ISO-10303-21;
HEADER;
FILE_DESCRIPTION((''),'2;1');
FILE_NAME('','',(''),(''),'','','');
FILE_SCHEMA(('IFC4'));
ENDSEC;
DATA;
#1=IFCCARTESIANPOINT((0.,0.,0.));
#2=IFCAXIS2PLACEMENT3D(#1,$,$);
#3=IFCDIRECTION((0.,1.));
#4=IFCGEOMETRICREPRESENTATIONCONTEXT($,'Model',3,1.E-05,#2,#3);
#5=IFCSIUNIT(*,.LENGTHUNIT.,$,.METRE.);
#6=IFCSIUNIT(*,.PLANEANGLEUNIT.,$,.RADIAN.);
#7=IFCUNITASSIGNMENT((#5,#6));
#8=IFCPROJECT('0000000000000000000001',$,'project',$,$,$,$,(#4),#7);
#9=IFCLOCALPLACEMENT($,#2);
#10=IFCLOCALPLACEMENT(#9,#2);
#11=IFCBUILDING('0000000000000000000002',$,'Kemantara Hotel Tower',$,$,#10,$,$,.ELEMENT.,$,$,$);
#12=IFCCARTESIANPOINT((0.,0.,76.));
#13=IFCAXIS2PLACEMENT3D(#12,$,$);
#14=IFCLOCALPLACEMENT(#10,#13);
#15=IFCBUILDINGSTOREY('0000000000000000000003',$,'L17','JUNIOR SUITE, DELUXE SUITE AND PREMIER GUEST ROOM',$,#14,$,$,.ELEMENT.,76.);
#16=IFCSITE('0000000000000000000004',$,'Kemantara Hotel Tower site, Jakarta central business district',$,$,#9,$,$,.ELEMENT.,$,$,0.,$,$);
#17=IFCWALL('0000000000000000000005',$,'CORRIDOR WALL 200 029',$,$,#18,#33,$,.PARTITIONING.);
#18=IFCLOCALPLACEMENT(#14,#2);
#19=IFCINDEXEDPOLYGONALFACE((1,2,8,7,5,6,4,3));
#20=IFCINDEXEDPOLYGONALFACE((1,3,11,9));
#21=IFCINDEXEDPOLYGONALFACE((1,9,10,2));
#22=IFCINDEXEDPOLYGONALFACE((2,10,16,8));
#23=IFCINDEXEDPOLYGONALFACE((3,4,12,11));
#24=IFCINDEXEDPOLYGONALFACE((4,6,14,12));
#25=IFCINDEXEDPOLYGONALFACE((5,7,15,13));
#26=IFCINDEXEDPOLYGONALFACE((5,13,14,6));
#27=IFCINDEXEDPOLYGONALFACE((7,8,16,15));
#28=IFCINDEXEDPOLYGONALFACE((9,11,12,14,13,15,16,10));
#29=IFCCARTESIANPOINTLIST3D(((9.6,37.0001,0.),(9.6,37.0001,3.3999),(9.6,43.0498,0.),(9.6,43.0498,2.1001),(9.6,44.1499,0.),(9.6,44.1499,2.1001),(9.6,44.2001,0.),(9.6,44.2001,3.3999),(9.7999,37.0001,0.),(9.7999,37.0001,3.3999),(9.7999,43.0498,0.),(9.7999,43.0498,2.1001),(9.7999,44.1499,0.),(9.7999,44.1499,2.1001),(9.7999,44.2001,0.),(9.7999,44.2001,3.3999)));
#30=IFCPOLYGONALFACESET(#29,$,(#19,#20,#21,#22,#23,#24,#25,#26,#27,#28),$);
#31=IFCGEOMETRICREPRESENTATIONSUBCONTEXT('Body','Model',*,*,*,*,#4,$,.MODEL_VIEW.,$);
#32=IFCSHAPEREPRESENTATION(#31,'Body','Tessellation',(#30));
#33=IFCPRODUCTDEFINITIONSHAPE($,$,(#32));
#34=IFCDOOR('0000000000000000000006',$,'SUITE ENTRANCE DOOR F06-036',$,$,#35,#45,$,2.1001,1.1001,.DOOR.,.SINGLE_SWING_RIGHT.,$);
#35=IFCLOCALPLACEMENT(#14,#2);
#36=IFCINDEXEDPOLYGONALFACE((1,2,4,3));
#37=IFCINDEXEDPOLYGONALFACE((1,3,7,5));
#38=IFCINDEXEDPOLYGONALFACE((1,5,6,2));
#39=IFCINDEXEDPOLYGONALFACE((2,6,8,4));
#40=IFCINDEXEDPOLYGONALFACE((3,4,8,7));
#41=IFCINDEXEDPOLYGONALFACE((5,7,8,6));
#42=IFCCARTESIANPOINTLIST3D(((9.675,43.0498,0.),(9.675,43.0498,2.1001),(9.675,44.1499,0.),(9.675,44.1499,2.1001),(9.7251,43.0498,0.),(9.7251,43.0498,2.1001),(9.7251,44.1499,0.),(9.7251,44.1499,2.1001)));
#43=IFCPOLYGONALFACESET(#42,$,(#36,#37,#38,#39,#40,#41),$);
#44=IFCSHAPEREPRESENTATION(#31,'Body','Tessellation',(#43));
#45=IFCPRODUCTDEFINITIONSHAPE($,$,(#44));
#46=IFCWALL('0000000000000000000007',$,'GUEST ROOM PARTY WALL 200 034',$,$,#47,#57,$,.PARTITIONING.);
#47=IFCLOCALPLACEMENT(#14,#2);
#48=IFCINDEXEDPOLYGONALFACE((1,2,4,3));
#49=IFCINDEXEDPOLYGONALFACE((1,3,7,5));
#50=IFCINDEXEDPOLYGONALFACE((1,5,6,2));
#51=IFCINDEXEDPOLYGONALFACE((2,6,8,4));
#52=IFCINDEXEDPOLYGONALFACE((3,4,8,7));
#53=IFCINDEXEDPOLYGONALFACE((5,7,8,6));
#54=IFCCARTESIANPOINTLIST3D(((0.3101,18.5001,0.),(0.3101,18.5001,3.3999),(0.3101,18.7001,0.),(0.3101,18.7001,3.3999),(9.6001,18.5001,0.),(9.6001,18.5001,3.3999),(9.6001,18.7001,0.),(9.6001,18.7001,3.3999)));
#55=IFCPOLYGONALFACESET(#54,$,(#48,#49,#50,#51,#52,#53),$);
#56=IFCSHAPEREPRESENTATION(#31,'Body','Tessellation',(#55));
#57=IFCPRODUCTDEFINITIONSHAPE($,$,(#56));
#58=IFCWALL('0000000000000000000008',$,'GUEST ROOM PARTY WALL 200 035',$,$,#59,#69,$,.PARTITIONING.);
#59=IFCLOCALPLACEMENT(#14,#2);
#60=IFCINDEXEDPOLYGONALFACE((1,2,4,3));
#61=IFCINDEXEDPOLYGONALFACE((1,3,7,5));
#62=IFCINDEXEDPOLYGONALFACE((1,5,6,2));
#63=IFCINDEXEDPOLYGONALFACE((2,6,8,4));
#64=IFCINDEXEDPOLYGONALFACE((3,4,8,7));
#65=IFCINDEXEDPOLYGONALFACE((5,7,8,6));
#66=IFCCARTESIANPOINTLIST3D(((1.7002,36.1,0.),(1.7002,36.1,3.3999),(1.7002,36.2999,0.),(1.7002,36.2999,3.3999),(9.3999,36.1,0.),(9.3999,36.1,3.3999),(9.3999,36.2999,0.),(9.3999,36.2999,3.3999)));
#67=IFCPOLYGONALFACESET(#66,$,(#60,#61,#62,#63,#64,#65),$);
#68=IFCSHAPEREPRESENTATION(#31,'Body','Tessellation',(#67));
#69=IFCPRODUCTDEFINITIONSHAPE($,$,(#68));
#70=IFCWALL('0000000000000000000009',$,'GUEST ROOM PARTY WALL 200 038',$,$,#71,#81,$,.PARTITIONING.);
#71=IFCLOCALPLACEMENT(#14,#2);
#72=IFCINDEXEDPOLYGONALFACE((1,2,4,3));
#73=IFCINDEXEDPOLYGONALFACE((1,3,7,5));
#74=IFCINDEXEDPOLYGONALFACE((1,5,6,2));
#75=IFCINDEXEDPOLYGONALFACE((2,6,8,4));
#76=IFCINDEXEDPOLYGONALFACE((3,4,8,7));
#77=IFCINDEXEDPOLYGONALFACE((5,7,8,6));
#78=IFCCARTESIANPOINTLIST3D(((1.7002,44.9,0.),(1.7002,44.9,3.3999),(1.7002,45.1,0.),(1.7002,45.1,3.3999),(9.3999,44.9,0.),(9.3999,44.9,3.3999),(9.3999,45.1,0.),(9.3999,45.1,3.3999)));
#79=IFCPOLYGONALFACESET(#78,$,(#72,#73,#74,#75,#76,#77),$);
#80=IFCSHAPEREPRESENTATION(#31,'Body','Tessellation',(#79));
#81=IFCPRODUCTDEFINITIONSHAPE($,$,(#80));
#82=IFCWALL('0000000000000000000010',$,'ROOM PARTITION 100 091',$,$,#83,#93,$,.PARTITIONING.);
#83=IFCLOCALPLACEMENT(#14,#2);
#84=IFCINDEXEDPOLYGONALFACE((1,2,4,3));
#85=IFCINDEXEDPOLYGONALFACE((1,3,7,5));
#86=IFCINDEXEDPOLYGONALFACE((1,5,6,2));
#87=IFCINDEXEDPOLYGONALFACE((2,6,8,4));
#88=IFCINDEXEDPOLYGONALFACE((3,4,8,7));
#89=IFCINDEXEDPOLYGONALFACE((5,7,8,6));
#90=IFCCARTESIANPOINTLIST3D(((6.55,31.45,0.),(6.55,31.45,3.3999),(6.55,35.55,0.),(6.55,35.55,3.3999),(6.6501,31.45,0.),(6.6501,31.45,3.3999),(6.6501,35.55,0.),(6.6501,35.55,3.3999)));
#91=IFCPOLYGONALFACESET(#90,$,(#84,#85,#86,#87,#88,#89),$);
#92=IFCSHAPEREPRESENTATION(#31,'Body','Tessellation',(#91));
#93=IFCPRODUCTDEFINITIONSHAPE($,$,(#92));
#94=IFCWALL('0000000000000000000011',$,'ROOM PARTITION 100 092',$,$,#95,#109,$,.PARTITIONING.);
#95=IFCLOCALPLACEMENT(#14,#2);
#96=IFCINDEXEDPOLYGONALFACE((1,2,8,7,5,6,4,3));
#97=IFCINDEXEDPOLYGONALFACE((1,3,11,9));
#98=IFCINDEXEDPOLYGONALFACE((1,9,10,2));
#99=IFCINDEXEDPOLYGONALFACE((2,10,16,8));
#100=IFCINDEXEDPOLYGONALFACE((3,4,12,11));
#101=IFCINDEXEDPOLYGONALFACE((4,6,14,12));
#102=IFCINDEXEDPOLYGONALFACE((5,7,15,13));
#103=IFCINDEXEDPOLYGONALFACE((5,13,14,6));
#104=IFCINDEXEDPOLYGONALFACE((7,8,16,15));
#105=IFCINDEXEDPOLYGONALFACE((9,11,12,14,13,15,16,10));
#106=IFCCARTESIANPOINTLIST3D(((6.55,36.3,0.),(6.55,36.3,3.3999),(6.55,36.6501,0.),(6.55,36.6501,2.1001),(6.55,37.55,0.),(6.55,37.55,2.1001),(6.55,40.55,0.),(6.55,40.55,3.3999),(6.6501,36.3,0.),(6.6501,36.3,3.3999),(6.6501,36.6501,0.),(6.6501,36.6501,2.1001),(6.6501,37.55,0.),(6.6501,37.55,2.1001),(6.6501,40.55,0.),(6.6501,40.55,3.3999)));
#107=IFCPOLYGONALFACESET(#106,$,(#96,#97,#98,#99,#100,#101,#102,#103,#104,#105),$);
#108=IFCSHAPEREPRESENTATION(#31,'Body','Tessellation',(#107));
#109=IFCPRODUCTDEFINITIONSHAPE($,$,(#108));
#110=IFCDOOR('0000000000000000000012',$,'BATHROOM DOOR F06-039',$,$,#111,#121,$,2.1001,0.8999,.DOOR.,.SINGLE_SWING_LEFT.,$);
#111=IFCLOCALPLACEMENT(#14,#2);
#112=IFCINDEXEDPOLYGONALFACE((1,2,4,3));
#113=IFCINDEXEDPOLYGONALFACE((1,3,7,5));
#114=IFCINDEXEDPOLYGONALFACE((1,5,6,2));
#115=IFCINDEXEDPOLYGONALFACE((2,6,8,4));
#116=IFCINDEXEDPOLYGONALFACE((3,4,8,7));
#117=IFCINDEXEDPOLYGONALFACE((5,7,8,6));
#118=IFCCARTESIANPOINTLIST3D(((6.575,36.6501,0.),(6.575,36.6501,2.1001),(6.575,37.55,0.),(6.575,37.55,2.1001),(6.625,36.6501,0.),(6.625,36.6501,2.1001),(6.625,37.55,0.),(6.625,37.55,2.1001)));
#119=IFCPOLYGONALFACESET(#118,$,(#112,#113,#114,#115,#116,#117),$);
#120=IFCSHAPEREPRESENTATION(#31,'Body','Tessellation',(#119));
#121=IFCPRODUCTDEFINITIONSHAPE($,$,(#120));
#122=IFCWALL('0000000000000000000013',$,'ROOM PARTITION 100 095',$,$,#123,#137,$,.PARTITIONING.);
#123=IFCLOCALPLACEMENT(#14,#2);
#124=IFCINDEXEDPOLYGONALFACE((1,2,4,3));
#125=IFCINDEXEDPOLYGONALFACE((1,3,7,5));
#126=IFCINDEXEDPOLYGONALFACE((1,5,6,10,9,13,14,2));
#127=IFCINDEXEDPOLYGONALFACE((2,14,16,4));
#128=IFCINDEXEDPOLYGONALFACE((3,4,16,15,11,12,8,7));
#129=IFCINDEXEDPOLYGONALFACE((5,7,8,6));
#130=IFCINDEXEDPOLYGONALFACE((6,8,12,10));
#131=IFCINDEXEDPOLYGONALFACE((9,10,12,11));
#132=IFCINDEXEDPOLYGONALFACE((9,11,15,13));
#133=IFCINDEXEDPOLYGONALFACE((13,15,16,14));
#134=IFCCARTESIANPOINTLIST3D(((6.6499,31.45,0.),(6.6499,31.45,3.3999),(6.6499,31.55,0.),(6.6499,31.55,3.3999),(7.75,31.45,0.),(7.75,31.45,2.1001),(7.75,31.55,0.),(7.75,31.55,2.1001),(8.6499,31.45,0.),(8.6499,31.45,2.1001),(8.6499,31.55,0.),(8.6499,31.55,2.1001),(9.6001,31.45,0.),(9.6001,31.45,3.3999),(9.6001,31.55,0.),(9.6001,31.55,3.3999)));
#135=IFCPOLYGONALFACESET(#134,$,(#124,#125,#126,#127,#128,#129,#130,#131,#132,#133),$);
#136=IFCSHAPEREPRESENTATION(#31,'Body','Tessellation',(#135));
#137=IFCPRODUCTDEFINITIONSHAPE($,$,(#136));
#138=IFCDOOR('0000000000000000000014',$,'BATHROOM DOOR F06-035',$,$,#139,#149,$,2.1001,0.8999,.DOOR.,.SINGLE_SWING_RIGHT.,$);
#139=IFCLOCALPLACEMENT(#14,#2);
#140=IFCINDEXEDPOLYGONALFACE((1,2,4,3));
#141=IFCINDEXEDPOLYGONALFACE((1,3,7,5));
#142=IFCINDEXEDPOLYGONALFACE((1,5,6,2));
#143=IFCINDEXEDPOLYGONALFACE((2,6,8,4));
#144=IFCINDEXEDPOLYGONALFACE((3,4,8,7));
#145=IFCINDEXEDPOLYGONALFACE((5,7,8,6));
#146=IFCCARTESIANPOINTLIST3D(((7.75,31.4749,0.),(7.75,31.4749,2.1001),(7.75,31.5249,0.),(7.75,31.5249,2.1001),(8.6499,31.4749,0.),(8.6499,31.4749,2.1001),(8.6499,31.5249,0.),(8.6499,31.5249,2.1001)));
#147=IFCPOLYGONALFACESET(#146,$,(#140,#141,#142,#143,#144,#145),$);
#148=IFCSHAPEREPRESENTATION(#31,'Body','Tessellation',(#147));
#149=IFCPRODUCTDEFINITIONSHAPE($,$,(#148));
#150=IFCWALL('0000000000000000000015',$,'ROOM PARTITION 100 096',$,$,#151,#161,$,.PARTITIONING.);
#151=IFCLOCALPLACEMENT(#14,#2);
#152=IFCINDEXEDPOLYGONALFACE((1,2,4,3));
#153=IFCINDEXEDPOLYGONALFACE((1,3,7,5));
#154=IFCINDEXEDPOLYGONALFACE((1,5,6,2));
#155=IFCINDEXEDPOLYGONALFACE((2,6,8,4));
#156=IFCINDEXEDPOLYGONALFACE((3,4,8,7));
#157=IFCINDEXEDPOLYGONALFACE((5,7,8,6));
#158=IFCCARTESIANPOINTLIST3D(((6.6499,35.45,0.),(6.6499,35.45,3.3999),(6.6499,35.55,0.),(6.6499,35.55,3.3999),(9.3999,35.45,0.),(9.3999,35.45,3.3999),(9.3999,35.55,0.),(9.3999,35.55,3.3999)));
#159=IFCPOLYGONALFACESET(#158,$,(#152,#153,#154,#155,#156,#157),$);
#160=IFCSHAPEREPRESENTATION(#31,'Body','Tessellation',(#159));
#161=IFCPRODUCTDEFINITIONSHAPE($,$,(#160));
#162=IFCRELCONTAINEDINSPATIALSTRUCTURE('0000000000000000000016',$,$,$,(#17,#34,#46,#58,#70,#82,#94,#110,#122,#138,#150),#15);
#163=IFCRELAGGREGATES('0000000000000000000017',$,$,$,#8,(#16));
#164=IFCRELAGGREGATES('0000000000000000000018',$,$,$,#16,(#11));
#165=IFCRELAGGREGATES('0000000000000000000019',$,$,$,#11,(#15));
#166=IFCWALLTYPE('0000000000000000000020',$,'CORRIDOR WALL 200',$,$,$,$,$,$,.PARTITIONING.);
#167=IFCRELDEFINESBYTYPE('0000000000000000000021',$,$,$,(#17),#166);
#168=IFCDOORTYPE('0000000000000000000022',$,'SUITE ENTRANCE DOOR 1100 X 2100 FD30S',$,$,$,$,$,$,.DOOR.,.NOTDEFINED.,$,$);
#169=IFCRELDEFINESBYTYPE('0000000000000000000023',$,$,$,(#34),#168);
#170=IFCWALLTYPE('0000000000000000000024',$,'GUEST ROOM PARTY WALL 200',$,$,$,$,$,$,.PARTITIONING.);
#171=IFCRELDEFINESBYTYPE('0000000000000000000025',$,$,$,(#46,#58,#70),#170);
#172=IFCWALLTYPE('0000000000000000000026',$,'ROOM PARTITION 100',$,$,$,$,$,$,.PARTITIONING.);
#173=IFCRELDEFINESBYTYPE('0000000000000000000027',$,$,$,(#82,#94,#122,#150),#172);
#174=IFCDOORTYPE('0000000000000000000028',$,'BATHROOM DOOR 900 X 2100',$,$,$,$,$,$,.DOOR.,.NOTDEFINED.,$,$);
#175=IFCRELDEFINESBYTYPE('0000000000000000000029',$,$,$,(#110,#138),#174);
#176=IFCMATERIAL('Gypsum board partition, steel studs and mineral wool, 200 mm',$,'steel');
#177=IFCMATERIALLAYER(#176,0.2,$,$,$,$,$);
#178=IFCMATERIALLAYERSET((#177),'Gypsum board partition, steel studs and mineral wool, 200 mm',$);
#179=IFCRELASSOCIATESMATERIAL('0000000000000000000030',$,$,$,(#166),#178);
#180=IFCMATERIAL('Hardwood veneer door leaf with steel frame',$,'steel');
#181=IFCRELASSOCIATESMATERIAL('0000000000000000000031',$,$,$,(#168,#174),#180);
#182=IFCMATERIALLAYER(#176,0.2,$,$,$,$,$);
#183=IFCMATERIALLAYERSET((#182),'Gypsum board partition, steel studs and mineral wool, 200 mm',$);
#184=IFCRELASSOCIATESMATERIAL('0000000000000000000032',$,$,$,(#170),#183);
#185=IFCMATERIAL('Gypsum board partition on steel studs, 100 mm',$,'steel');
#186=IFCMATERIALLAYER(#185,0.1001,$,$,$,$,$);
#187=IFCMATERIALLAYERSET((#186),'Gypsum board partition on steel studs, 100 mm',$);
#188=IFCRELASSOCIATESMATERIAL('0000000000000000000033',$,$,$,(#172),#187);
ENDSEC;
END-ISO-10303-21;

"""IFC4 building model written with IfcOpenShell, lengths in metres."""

from ifc_helpers import new_model, si_unit, direction, frame, frame_2d, origin, place, context, subcontext, project, spatial, rectangle, extrude, material, layer, layer_set, type_object, element, fill, save


model = new_model("IFC4")

# Units and contexts
model_context = context("Model", 3, precision=1e-05, world=origin(), true_north=direction((0.0, 1.0)))
body_context = subcontext(model_context, "Body", "Model", "MODEL_VIEW")
ifc_project = project(units=[si_unit("LENGTHUNIT", "METRE"), si_unit("PLANEANGLEUNIT", "RADIAN")], contexts=[model_context])

# Site, building, storey
site_placement = place(None, origin())
site = spatial("IfcSite", under=ifc_project, at=site_placement, Name="Kemantara Hotel Tower site, Jakarta central business district", CompositionType="ELEMENT", RefElevation=0.0)
building_placement = place(site_placement, origin())
building = spatial("IfcBuilding", under=site, at=building_placement, Name="Kemantara Hotel Tower", CompositionType="ELEMENT")
storey_placement = place(building_placement, frame((0.0, 0.0, 76.0)))
storey = spatial("IfcBuildingStorey", under=building, at=storey_placement, Name="L17", Description="JUNIOR SUITE, DELUXE SUITE AND PREMIER GUEST ROOM", CompositionType="ELEMENT", Elevation=76.0)

# Shared definitions
ifc_material_1 = material(Name="Gypsum board partition, steel studs and mineral wool, 200 mm", Category="steel")
ifc_layer_1 = layer(ifc_material_1, 0.2)
ifc_layer_set_1 = layer_set([ifc_layer_1], Name="Gypsum board partition, steel studs and mineral wool, 200 mm")
wall_type_1 = type_object("IfcWallType", Name="CORRIDOR WALL 200", PredefinedType="PARTITIONING", material=ifc_layer_set_1)
ifc_material_2 = material(Name="Hardwood veneer door leaf with steel frame", Category="steel")
door_type_1 = type_object("IfcDoorType", Name="SUITE ENTRANCE DOOR 1100 X 2100 FD30S", OperationType="NOTDEFINED", PredefinedType="DOOR", material=ifc_material_2)

# Wall, opening, door
wall_1_placement = place(storey_placement, frame((9.7, 37.0, 0.0), z_axis=(0.0, 0.0, 1.0), x_axis=(0.0, 1.0, 0.0)))
wall_1 = element("IfcWall", 1, at=wall_1_placement, inside=storey, type_object=wall_type_1, Name="CORRIDOR WALL 200 029", PredefinedType="PARTITIONING", context=body_context, shape_type="SweptSolid", body=[
    extrude(rectangle(XDim=7.2, YDim=0.2, at=frame_2d((3.6001, 0.0))), origin(), (0.0, 0.0, 1.0), 3.3999),
])
opening_1_placement = place(wall_1_placement, frame((6.0498, 0.0, 0.0)))
opening_1 = element("IfcOpeningElement", 2, at=opening_1_placement, cuts=wall_1, PredefinedType="OPENING", context=body_context, shape_type="SweptSolid", body=[
    extrude(rectangle(XDim=1.1001, YDim=2.1001, at=frame_2d((0.55, 1.05))), frame((0.0, 0.1099, 0.0), z_axis=(0.0, -1.0, 0.0), x_axis=(1.0, 0.0, 0.0)), (0.0, 0.0, 1.0), 0.22),
])
door_1_placement = place(opening_1_placement, origin())
door_1 = element("IfcDoor", 3, at=door_1_placement, inside=storey, type_object=door_type_1, Name="SUITE ENTRANCE DOOR F06-036", OperationType="SINGLE_SWING_RIGHT", OverallHeight=2.1001, OverallWidth=1.1001, PredefinedType="DOOR", context=body_context, shape_type="SweptSolid", body=[
    extrude(rectangle(XDim=1.1001, YDim=2.1001, at=frame_2d((0.55, 1.05))), frame((0.0, 0.0249, 0.0), z_axis=(0.0, -1.0, 0.0), x_axis=(1.0, 0.0, 0.0)), (0.0, 0.0, 1.0), 0.05),
])
fill(opening_1, door_1)

# Walls
ifc_layer_2 = layer(ifc_material_1, 0.2)
ifc_layer_set_2 = layer_set([ifc_layer_2], Name="Gypsum board partition, steel studs and mineral wool, 200 mm")
wall_type_2 = type_object("IfcWallType", Name="GUEST ROOM PARTY WALL 200", PredefinedType="PARTITIONING", material=ifc_layer_set_2)
wall_2_placement = place(storey_placement, frame((0.3101, 18.6001, 0.0), z_axis=(0.0, 0.0, 1.0), x_axis=(1.0, 0.0, 0.0)))
element("IfcWall", 4, at=wall_2_placement, inside=storey, type_object=wall_type_2, Name="GUEST ROOM PARTY WALL 200 034", PredefinedType="PARTITIONING", context=body_context, shape_type="SweptSolid", body=[
    extrude(rectangle(XDim=9.29, YDim=0.2, at=frame_2d((4.645, 0.0))), origin(), (0.0, 0.0, 1.0), 3.3999),
])
for number, where, z_axis, x_axis, name in (
    (5, (1.7002, 36.2, 0.0), (0.0, 0.0, 1.0), (1.0, 0.0, 0.0), "GUEST ROOM PARTY WALL 200 035"),
    (6, (1.7002, 45.0, 0.0), (0.0, 0.0, 1.0), (1.0, 0.0, 0.0), "GUEST ROOM PARTY WALL 200 038"),
):
    element("IfcWall", number, at=place(storey_placement, frame(where, z_axis=z_axis, x_axis=x_axis)), inside=storey, type_object=wall_type_2, Name=name, PredefinedType="PARTITIONING", context=body_context, shape_type="SweptSolid", body=[
        extrude(rectangle(XDim=7.6997, YDim=0.2, at=frame_2d((3.8499, 0.0))), origin(), (0.0, 0.0, 1.0), 3.3999),
    ])
ifc_material_3 = material(Name="Gypsum board partition on steel studs, 100 mm", Category="steel")
ifc_layer_3 = layer(ifc_material_3, 0.1001)
ifc_layer_set_3 = layer_set([ifc_layer_3], Name="Gypsum board partition on steel studs, 100 mm")
wall_type_3 = type_object("IfcWallType", Name="ROOM PARTITION 100", PredefinedType="PARTITIONING", material=ifc_layer_set_3)
wall_3_placement = place(storey_placement, frame((6.6001, 31.45, 0.0), z_axis=(0.0, 0.0, 1.0), x_axis=(0.0, 1.0, 0.0)))
element("IfcWall", 7, at=wall_3_placement, inside=storey, type_object=wall_type_3, Name="ROOM PARTITION 100 091", PredefinedType="PARTITIONING", context=body_context, shape_type="SweptSolid", body=[
    extrude(rectangle(XDim=4.1001, YDim=0.1001, at=frame_2d((2.05, 0.0))), origin(), (0.0, 0.0, 1.0), 3.3999),
])

# Walls, openings, doors
wall_4_placement = place(storey_placement, frame((6.6001, 40.55, 0.0), z_axis=(0.0, 0.0, 1.0), x_axis=(0.0, -1.0, 0.0)))
wall_4 = element("IfcWall", 8, at=wall_4_placement, inside=storey, type_object=wall_type_3, Name="ROOM PARTITION 100 092", PredefinedType="PARTITIONING", context=body_context, shape_type="SweptSolid", body=[
    extrude(rectangle(XDim=4.25, YDim=0.1001, at=frame_2d((2.125, 0.0))), origin(), (0.0, 0.0, 1.0), 3.3999),
])
opening_2_placement = place(wall_4_placement, frame((3.0, 0.0, 0.0)))
opening_2 = element("IfcOpeningElement", 9, at=opening_2_placement, cuts=wall_4, PredefinedType="OPENING", context=body_context, shape_type="SweptSolid", body=[
    extrude(rectangle(XDim=0.8999, YDim=2.1001, at=frame_2d((0.45, 1.05))), frame((0.0, 0.0601, 0.0), z_axis=(0.0, -1.0, 0.0), x_axis=(1.0, 0.0, 0.0)), (0.0, 0.0, 1.0), 0.1201),
])
door_type_2 = type_object("IfcDoorType", Name="BATHROOM DOOR 900 X 2100", OperationType="NOTDEFINED", PredefinedType="DOOR", material=ifc_material_2)
door_2_placement = place(opening_2_placement, origin())
door_2 = element("IfcDoor", 10, at=door_2_placement, inside=storey, type_object=door_type_2, Name="BATHROOM DOOR F06-039", OperationType="SINGLE_SWING_LEFT", OverallHeight=2.1001, OverallWidth=0.8999, PredefinedType="DOOR", context=body_context, shape_type="SweptSolid", body=[
    extrude(rectangle(XDim=0.8999, YDim=2.1001, at=frame_2d((0.45, 1.05))), frame((0.0, 0.0249, 0.0), z_axis=(0.0, -1.0, 0.0), x_axis=(1.0, 0.0, 0.0)), (0.0, 0.0, 1.0), 0.05),
])
fill(opening_2, door_2)
wall_5_placement = place(storey_placement, frame((6.6499, 31.5, 0.0), z_axis=(0.0, 0.0, 1.0), x_axis=(1.0, 0.0, 0.0)))
wall_5 = element("IfcWall", 11, at=wall_5_placement, inside=storey, type_object=wall_type_3, Name="ROOM PARTITION 100 095", PredefinedType="PARTITIONING", context=body_context, shape_type="SweptSolid", body=[
    extrude(rectangle(XDim=2.9502, YDim=0.1001, at=frame_2d((1.4751, 0.0))), origin(), (0.0, 0.0, 1.0), 3.3999),
])
opening_3_placement = place(wall_5_placement, frame((1.1001, 0.0, 0.0)))
opening_3 = element("IfcOpeningElement", 12, at=opening_3_placement, cuts=wall_5, PredefinedType="OPENING", context=body_context, shape_type="SweptSolid", body=[
    extrude(rectangle(XDim=0.8999, YDim=2.1001, at=frame_2d((0.45, 1.05))), frame((0.0, 0.0601, 0.0), z_axis=(0.0, -1.0, 0.0), x_axis=(1.0, 0.0, 0.0)), (0.0, 0.0, 1.0), 0.1201),
])
door_3_placement = place(opening_3_placement, origin())
door_3 = element("IfcDoor", 13, at=door_3_placement, inside=storey, type_object=door_type_2, Name="BATHROOM DOOR F06-035", OperationType="SINGLE_SWING_RIGHT", OverallHeight=2.1001, OverallWidth=0.8999, PredefinedType="DOOR", context=body_context, shape_type="SweptSolid", body=[
    extrude(rectangle(XDim=0.8999, YDim=2.1001, at=frame_2d((0.45, 1.05))), frame((0.0, 0.0249, 0.0), z_axis=(0.0, -1.0, 0.0), x_axis=(1.0, 0.0, 0.0)), (0.0, 0.0, 1.0), 0.05),
])
fill(opening_3, door_3)

# Wall
wall_6_placement = place(storey_placement, frame((6.6499, 35.5, 0.0), z_axis=(0.0, 0.0, 1.0), x_axis=(1.0, 0.0, 0.0)))
element("IfcWall", 14, at=wall_6_placement, inside=storey, type_object=wall_type_3, Name="ROOM PARTITION 100 096", PredefinedType="PARTITIONING", context=body_context, shape_type="SweptSolid", body=[
    extrude(rectangle(XDim=2.75, YDim=0.1001, at=frame_2d((1.375, 0.0))), origin(), (0.0, 0.0, 1.0), 3.3999),
])

save(model, "model.ifc")
